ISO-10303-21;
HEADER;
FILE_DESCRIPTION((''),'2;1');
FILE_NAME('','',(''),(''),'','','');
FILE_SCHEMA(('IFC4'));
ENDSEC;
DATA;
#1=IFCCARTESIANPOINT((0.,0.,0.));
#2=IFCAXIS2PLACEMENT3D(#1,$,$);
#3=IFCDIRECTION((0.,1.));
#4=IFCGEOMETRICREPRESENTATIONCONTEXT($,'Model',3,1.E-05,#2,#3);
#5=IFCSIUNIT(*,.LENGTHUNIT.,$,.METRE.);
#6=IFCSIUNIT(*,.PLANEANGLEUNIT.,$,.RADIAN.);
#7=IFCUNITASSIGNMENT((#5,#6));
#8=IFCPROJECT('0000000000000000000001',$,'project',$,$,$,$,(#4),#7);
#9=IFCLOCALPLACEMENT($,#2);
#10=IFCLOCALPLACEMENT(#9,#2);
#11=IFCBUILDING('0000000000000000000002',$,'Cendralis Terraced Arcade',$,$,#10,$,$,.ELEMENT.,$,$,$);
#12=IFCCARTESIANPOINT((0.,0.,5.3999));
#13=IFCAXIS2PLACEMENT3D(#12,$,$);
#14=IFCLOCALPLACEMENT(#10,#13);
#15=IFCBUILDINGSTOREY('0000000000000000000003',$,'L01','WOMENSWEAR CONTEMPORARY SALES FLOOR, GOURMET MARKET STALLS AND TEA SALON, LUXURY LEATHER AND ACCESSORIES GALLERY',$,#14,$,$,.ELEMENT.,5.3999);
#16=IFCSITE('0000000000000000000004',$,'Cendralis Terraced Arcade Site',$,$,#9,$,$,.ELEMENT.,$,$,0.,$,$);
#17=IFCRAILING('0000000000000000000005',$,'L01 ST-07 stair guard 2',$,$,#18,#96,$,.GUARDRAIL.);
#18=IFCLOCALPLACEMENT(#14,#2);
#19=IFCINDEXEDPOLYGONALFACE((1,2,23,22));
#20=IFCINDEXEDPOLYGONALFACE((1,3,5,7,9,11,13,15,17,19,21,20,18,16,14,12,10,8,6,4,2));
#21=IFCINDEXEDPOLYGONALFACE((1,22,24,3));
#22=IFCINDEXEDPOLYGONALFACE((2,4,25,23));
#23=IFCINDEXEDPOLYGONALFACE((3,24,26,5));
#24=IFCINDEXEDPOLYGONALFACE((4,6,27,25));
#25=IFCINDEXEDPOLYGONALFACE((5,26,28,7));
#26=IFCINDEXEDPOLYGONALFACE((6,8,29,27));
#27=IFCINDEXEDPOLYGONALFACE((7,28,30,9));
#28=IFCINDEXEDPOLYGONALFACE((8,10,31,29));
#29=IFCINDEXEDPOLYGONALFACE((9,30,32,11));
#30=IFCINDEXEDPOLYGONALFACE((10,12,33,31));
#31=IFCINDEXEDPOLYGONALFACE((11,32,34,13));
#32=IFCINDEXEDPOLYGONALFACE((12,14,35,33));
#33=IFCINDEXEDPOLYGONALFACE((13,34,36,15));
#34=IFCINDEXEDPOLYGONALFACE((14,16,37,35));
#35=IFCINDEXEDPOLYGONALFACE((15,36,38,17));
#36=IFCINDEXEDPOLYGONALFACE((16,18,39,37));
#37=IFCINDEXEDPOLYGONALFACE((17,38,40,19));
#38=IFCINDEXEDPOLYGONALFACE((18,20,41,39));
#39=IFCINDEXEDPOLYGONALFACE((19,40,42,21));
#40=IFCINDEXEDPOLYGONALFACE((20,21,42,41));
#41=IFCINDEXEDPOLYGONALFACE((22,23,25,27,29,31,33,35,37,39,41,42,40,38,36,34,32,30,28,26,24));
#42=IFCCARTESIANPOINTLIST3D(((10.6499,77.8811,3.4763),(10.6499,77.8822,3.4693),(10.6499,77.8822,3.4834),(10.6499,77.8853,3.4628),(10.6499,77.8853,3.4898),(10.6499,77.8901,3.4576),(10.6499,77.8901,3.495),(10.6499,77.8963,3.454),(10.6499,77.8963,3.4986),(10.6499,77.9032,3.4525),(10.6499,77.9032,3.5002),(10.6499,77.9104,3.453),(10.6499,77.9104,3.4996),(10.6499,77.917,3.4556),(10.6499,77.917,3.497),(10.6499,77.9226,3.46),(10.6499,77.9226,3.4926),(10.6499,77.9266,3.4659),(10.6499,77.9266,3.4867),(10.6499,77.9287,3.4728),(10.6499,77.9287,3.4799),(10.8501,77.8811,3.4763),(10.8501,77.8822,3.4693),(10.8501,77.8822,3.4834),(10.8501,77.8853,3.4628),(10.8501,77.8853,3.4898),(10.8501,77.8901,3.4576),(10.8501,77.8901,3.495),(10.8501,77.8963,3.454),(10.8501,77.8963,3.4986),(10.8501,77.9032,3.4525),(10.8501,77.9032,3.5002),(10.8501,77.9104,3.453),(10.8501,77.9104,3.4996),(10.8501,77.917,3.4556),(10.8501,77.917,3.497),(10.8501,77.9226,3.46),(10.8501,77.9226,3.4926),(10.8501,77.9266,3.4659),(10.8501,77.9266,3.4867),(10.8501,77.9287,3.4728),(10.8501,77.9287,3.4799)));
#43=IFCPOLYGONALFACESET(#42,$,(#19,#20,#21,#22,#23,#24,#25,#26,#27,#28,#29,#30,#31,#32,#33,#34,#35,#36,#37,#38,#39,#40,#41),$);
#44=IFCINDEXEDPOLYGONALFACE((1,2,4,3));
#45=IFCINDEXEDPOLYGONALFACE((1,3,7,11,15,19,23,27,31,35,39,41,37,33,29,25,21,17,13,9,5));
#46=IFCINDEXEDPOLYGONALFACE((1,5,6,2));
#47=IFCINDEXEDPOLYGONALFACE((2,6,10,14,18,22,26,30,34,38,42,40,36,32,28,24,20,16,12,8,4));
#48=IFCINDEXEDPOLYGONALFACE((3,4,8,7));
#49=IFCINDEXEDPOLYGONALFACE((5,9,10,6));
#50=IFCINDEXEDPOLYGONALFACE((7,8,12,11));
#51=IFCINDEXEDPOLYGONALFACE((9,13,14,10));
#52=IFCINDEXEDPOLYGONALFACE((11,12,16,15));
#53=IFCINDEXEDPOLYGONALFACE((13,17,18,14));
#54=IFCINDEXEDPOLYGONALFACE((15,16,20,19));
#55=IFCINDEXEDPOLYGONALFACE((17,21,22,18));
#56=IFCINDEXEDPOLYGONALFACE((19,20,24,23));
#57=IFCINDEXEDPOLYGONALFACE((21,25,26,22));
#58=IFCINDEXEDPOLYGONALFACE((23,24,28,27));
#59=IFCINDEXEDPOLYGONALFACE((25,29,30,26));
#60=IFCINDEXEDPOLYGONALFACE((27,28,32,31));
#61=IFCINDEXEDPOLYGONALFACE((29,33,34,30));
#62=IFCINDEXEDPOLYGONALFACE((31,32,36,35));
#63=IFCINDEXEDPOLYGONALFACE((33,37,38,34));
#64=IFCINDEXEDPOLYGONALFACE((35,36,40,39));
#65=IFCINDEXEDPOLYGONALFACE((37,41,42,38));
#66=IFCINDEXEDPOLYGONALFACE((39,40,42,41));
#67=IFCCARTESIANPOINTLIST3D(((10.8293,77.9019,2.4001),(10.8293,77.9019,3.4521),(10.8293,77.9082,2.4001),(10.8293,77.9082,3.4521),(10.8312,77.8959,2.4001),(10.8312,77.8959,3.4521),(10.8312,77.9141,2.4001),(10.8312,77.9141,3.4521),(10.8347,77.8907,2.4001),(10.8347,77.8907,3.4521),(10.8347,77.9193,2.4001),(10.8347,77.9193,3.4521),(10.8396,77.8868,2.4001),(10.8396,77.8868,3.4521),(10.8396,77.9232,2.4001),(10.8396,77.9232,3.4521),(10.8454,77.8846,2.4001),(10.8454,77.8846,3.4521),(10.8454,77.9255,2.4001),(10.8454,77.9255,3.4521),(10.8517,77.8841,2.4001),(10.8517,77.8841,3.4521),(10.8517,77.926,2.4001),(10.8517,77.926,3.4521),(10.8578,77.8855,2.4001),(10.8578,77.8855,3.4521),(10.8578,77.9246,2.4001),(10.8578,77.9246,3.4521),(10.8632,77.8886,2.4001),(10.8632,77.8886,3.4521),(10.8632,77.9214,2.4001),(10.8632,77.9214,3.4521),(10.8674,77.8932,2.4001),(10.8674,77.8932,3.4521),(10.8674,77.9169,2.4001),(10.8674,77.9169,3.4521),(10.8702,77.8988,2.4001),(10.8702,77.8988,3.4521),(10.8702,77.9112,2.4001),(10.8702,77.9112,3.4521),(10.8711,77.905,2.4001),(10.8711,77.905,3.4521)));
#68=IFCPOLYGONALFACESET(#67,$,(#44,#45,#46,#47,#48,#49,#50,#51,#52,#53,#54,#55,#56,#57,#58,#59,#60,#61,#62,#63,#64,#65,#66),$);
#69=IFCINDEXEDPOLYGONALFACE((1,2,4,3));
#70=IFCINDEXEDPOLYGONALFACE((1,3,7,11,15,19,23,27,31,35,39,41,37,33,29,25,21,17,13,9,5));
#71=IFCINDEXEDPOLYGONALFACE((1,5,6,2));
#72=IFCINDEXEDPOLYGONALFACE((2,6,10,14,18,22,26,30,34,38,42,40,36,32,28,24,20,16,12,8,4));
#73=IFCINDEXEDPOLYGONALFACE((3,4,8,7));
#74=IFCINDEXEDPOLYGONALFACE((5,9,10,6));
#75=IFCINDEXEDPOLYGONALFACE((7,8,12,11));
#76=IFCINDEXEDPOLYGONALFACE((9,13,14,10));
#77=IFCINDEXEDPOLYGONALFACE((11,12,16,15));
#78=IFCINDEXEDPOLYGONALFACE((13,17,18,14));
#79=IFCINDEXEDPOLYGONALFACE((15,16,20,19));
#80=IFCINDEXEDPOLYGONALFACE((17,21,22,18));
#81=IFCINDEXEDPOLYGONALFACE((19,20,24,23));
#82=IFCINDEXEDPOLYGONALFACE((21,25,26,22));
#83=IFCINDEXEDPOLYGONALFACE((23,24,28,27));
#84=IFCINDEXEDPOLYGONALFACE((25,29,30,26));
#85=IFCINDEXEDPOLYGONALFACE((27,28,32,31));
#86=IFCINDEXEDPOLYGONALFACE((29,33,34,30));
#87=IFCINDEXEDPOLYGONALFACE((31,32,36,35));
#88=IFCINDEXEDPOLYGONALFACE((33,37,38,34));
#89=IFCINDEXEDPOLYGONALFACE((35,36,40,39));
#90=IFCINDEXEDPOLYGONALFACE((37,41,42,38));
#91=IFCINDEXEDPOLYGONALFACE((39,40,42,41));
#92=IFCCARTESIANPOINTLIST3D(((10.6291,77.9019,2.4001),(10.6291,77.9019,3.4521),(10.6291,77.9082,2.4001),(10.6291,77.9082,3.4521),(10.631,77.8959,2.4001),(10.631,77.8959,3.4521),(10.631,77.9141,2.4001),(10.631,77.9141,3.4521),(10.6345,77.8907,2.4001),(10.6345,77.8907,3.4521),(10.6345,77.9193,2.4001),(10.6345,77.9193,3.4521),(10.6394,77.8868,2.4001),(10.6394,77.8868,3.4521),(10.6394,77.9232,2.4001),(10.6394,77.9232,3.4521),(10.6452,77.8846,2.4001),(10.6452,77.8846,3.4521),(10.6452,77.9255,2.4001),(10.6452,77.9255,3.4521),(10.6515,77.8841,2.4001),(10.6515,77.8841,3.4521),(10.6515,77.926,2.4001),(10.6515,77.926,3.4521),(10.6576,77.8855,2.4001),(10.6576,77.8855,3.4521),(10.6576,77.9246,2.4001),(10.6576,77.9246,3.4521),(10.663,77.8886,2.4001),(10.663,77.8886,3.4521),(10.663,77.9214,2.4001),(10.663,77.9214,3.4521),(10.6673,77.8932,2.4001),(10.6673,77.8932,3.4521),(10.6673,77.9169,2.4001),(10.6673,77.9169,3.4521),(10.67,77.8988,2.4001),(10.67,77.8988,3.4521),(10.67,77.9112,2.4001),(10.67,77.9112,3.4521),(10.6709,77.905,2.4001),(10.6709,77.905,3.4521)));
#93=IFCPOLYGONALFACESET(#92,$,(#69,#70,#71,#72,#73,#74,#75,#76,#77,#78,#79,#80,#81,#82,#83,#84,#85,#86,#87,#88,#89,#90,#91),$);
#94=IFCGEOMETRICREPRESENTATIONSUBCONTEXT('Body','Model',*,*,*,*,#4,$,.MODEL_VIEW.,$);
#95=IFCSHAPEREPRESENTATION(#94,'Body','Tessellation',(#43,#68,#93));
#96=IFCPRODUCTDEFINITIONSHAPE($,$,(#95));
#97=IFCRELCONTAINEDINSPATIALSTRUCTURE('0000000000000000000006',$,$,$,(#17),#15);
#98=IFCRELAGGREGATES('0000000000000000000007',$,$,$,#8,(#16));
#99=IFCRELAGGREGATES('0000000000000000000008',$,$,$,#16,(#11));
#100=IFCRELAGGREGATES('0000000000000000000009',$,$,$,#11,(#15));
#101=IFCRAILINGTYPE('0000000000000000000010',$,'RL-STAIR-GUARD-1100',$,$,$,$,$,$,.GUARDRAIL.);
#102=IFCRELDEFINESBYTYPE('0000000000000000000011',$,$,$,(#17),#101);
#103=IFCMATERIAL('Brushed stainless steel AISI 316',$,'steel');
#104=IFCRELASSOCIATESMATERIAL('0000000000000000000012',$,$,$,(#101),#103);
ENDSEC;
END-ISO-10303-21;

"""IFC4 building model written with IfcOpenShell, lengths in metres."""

from ifc_helpers import new_model, si_unit, direction, frame, origin, origin_2d, place, context, subcontext, project, spatial, circle, extrude, material, type_object, element, save


model = new_model("IFC4")

# Units and contexts
model_context = context("Model", 3, precision=1e-05, world=origin(), true_north=direction((0.0, 1.0)))
body_context = subcontext(model_context, "Body", "Model", "MODEL_VIEW")
ifc_project = project(units=[si_unit("LENGTHUNIT", "METRE"), si_unit("PLANEANGLEUNIT", "RADIAN")], contexts=[model_context])

# Site, building, storey
site_placement = place(None, origin())
site = spatial("IfcSite", under=ifc_project, at=site_placement, Name="Cendralis Terraced Arcade Site", CompositionType="ELEMENT", RefElevation=0.0)
building_placement = place(site_placement, origin())
building = spatial("IfcBuilding", under=site, at=building_placement, Name="Cendralis Terraced Arcade", CompositionType="ELEMENT")
storey_placement = place(building_placement, frame((0.0, 0.0, 5.3999)))
storey = spatial("IfcBuildingStorey", under=building, at=storey_placement, Name="L01", Description="WOMENSWEAR CONTEMPORARY SALES FLOOR, GOURMET MARKET STALLS AND TEA SALON, LUXURY LEATHER AND ACCESSORIES GALLERY", CompositionType="ELEMENT", Elevation=5.3999)

# Railing
ifc_material_1 = material(Name="Brushed stainless steel AISI 316", Category="steel")
railing_type_1 = type_object("IfcRailingType", Name="RL-STAIR-GUARD-1100", PredefinedType="GUARDRAIL", material=ifc_material_1)
railing_1_placement = place(storey_placement, frame((10.8501, 77.905, 2.4001)))
element("IfcRailing", 1, at=railing_1_placement, inside=storey, type_object=railing_type_1, Name="L01 ST-07 stair guard 2", PredefinedType="GUARDRAIL", context=body_context, shape_type="SweptSolid", body=[
    extrude(circle(Radius=0.0239, at=origin_2d()), frame((0.0, 0.0, 1.0762), z_axis=(-1.0, 0.0, 0.0), x_axis=(0.0, -1.0, 0.0)), (0.0, 0.0, 1.0), 0.2002),
    extrude(circle(Radius=0.021, at=origin_2d()), origin(), (0.0, 0.0, 1.0), 1.052),
    extrude(circle(Radius=0.021, at=origin_2d()), frame((-0.2002, 0.0, 0.0)), (0.0, 0.0, 1.0), 1.052),
])

save(model, "model.ifc")
